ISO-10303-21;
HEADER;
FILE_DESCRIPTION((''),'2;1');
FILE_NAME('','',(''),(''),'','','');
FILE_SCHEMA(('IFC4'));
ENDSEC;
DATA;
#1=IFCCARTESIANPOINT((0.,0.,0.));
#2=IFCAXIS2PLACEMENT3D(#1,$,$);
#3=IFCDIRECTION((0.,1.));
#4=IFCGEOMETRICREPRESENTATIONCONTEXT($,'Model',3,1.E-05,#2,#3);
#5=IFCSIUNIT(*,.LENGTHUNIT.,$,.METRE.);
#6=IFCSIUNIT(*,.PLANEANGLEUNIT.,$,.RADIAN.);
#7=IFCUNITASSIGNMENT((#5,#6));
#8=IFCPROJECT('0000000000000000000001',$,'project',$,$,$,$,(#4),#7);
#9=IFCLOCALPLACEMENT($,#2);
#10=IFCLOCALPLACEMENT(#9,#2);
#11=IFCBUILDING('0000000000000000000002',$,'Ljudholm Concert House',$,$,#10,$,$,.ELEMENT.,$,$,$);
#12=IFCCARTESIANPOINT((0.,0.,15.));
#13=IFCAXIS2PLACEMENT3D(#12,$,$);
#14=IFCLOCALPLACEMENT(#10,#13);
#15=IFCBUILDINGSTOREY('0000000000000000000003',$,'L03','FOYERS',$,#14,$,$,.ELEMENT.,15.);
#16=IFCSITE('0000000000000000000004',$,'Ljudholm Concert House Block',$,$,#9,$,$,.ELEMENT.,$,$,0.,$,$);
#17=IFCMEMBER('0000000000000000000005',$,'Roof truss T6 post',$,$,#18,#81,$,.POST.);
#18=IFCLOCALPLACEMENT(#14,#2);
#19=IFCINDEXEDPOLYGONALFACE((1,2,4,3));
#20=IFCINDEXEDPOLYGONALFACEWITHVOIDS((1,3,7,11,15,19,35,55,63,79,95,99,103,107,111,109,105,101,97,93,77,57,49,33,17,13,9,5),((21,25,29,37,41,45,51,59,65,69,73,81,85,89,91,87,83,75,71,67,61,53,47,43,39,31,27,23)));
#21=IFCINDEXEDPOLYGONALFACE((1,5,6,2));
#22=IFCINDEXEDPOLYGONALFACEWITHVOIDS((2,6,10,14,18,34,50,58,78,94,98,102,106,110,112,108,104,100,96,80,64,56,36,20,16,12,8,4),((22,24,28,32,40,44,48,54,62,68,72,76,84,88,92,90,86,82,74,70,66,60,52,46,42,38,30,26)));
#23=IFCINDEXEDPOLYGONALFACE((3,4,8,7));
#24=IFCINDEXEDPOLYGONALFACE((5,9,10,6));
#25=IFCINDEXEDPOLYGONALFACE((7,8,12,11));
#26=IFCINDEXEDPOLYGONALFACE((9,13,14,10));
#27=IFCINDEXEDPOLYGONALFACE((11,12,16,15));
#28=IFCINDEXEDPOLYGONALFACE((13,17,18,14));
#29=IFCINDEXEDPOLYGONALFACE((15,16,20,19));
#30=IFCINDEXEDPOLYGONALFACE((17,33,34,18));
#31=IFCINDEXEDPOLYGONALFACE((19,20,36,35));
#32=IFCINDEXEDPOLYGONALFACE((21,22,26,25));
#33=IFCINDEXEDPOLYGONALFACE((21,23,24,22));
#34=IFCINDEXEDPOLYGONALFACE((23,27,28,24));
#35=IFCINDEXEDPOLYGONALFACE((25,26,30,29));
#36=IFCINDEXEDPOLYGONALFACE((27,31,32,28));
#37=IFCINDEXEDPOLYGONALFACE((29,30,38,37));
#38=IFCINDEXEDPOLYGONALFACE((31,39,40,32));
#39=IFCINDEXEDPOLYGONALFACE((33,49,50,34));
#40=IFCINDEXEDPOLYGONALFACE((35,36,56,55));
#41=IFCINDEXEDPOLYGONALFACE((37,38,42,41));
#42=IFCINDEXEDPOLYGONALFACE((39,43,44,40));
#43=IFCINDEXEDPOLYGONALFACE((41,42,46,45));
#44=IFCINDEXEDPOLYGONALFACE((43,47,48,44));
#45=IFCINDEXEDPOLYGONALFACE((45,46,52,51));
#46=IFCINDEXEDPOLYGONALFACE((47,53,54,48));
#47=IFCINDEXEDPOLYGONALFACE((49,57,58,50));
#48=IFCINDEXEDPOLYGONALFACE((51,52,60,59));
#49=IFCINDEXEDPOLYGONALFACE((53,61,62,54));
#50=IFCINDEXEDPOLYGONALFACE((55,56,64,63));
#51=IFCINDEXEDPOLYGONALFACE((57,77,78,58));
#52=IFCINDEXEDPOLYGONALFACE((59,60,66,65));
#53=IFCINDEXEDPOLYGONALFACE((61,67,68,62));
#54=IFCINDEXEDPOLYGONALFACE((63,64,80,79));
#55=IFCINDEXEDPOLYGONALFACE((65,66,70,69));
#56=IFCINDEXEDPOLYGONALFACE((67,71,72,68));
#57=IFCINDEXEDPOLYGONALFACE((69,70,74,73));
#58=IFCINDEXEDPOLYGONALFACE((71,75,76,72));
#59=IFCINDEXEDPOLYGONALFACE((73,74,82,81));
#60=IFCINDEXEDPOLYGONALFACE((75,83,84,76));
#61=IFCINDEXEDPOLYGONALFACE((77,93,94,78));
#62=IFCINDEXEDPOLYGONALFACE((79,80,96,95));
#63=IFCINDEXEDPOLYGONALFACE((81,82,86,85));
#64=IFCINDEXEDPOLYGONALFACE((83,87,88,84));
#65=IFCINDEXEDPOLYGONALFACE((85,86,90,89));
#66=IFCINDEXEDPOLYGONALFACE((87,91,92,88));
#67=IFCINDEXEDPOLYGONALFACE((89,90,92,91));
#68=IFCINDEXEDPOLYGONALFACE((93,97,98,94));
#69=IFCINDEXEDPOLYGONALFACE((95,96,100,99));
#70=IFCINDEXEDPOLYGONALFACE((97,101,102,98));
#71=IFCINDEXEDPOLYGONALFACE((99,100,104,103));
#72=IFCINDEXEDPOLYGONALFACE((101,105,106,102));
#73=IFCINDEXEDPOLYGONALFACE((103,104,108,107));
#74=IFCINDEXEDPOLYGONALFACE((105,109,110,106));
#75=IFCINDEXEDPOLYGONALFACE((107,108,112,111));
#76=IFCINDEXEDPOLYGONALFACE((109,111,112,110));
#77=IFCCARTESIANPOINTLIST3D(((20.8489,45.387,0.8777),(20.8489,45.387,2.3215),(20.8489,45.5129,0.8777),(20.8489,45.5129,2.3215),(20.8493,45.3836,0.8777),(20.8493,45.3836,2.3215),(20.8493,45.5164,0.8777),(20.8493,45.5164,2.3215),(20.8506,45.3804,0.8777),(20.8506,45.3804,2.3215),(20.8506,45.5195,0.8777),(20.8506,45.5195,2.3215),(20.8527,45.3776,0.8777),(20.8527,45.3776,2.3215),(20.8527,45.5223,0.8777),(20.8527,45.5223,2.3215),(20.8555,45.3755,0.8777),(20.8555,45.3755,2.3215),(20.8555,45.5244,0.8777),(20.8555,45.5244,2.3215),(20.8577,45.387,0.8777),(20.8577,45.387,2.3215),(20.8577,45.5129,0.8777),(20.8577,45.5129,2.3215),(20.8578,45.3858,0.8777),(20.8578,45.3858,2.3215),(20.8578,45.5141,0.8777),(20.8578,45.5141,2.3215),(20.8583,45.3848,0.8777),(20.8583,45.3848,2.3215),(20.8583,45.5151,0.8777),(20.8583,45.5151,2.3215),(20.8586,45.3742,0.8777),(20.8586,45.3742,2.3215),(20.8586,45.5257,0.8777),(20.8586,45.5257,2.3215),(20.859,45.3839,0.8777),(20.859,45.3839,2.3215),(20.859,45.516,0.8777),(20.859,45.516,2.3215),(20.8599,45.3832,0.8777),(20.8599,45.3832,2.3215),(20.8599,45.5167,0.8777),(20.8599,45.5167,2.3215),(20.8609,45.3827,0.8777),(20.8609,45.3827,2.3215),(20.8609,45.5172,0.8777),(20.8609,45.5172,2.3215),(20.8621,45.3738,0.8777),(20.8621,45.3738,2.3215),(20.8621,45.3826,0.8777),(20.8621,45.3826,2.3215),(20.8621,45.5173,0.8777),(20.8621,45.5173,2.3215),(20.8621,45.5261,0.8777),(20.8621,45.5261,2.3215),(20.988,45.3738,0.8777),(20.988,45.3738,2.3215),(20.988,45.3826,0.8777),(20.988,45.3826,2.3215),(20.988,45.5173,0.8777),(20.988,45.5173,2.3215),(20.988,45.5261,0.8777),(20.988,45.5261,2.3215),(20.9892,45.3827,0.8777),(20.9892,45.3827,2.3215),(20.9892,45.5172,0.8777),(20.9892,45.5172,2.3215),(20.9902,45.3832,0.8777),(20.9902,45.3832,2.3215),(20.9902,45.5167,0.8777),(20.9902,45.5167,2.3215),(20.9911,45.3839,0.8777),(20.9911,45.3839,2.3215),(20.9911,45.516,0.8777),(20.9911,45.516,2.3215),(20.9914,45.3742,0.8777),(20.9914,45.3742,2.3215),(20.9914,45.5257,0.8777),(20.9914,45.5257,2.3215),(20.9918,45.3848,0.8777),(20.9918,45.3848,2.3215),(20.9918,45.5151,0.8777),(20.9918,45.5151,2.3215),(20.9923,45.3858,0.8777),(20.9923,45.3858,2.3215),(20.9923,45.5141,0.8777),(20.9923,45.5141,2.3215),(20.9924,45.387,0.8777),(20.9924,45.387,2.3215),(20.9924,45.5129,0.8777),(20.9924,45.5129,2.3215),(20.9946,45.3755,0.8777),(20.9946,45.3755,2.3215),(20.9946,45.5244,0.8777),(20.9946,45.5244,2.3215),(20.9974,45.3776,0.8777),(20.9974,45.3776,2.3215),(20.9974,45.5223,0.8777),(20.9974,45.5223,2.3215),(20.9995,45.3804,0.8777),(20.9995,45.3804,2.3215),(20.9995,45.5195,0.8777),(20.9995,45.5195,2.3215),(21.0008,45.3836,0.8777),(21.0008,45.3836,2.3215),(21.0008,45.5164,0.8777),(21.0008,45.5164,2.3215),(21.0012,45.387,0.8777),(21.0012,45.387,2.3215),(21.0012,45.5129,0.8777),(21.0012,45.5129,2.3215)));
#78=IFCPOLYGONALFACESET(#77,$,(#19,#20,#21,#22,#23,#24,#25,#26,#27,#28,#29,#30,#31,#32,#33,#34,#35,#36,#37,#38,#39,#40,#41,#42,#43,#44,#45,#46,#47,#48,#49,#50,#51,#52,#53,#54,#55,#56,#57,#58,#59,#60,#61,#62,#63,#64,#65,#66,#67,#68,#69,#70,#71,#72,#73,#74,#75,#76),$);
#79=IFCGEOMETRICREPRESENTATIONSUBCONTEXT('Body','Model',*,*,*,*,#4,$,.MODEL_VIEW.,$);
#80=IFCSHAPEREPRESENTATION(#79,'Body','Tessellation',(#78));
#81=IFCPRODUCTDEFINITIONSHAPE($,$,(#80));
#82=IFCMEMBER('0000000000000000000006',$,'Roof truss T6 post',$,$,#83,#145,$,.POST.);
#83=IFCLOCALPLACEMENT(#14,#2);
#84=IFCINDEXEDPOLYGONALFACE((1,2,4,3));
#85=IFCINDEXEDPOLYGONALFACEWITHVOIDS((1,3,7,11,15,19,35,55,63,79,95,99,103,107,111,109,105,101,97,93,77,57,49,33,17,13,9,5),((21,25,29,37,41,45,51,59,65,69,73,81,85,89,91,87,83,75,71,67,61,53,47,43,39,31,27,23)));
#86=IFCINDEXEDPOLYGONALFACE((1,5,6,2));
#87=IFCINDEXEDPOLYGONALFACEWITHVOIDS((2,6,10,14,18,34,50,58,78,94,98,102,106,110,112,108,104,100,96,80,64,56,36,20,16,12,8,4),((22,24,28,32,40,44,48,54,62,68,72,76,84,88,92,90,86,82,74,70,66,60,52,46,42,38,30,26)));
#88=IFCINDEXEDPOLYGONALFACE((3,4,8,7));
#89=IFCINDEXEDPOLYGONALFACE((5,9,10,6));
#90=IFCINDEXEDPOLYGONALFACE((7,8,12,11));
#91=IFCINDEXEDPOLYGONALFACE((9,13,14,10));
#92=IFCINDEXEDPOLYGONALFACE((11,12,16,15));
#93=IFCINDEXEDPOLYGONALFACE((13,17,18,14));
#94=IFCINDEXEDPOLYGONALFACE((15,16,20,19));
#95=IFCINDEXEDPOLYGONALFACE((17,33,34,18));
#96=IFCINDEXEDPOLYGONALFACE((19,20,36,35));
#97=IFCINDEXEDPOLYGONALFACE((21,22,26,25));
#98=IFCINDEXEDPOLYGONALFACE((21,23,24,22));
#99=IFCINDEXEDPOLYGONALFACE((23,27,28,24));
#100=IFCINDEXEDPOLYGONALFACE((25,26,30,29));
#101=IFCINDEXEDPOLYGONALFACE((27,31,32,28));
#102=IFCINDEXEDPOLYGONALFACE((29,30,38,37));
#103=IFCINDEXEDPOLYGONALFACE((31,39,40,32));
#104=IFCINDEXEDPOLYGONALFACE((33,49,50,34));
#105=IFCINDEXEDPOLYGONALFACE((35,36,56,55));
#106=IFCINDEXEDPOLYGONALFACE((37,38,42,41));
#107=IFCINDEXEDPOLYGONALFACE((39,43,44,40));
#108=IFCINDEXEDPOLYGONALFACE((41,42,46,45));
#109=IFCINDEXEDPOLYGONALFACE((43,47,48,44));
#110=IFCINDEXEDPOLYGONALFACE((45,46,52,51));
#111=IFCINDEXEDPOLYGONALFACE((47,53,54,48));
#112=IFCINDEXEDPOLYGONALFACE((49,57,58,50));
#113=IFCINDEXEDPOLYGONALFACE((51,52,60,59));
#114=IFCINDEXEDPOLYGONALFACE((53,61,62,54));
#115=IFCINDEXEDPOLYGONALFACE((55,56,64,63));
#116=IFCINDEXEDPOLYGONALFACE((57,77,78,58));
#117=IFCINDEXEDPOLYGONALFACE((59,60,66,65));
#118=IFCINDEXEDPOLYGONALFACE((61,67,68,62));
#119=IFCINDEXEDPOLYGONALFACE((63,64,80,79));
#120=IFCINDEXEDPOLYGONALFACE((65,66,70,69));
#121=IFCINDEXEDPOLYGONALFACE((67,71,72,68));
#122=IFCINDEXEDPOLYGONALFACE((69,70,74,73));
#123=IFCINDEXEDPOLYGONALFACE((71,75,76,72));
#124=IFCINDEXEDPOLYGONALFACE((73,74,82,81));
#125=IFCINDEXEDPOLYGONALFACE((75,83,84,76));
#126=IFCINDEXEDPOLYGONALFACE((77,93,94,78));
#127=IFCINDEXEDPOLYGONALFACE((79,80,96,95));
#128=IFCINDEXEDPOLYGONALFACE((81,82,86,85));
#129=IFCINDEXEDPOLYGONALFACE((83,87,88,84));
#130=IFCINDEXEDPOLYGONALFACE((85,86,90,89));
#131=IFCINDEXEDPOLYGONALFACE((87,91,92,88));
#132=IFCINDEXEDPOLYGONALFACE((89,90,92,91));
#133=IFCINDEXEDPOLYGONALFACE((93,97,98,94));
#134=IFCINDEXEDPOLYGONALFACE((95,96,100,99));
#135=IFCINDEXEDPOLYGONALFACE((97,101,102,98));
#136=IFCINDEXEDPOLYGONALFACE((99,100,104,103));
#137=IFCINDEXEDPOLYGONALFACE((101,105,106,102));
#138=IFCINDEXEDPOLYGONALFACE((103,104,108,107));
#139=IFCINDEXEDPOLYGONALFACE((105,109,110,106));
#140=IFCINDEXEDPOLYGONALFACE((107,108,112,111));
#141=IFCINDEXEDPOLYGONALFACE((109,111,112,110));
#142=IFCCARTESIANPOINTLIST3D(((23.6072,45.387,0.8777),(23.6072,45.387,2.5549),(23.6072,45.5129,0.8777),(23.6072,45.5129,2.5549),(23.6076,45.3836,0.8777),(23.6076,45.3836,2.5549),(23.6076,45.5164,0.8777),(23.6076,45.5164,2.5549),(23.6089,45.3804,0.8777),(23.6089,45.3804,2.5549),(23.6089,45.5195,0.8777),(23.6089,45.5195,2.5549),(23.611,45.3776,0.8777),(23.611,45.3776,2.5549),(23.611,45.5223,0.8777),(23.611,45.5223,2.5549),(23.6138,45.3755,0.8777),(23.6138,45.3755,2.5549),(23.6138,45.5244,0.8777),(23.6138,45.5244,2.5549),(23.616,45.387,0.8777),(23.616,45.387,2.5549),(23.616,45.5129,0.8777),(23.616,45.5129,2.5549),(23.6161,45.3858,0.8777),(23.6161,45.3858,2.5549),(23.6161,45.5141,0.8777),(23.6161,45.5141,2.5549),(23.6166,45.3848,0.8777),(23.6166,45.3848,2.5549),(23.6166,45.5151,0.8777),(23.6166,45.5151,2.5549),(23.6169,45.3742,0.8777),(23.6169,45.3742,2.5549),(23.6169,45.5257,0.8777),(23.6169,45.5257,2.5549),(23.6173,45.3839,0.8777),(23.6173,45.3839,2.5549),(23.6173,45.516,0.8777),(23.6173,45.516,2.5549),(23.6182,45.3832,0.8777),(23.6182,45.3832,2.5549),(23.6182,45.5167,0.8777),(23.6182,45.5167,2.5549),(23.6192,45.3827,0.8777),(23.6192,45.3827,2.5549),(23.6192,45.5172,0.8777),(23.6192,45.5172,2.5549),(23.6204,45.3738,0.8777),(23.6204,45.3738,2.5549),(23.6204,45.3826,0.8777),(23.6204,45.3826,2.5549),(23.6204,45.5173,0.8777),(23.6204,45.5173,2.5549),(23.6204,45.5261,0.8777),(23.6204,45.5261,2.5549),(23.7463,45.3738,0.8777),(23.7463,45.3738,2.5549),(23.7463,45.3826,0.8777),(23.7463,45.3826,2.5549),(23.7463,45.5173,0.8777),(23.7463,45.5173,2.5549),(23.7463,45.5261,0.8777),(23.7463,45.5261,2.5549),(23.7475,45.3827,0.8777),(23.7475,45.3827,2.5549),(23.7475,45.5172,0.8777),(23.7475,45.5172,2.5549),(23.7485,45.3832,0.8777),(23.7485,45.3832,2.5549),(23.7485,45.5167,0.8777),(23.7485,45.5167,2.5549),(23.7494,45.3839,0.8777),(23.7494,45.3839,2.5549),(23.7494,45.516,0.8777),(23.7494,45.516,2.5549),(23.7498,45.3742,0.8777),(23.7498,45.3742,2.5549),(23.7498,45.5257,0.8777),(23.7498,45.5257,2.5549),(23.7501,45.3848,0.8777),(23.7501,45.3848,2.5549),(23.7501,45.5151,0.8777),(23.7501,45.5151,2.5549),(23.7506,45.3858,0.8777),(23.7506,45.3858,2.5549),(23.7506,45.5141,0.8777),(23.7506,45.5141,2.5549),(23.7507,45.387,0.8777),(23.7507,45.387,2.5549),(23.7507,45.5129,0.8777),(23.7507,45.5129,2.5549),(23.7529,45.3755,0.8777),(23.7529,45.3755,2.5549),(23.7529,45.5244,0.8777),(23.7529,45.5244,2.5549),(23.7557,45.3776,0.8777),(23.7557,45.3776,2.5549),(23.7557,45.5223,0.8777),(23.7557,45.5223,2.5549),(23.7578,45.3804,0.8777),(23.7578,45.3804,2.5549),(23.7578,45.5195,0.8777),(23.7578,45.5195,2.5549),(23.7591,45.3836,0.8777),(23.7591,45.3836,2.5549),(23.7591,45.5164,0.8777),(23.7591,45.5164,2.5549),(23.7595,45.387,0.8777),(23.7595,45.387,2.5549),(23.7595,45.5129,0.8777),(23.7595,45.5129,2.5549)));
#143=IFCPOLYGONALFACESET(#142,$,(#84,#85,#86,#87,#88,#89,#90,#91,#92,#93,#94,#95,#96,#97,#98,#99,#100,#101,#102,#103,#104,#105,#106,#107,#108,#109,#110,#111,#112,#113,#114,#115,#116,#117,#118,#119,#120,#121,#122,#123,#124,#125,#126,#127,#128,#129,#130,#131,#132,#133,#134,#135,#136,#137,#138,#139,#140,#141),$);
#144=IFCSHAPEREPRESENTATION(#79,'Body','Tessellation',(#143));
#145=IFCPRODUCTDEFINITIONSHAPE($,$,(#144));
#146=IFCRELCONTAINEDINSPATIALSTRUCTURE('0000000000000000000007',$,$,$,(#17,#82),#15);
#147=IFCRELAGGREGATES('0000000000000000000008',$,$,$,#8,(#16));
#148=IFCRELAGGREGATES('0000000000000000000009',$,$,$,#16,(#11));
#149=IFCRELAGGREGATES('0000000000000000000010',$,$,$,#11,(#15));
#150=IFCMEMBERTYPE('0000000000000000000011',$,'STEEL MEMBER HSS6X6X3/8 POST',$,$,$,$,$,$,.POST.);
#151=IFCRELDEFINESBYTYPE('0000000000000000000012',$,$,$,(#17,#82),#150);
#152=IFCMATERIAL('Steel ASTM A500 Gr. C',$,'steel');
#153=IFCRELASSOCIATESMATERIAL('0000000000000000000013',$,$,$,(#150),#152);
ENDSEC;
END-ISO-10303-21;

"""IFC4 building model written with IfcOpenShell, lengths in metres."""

from ifc_helpers import new_model, si_unit, direction, frame, origin, origin_2d, place, context, subcontext, project, spatial, hollow_rectangle, extrude, material, material_profile, profile_set, type_object, element, save


model = new_model("IFC4")

# Units and contexts
model_context = context("Model", 3, precision=1e-05, world=origin(), true_north=direction((0.0, 1.0)))
body_context = subcontext(model_context, "Body", "Model", "MODEL_VIEW")
ifc_project = project(units=[si_unit("LENGTHUNIT", "METRE"), si_unit("PLANEANGLEUNIT", "RADIAN")], contexts=[model_context])

# Site, building, storey
site_placement = place(None, origin())
site = spatial("IfcSite", under=ifc_project, at=site_placement, Name="Ljudholm Concert House Block", CompositionType="ELEMENT", RefElevation=0.0)
building_placement = place(site_placement, origin())
building = spatial("IfcBuilding", under=site, at=building_placement, Name="Ljudholm Concert House", CompositionType="ELEMENT")
storey_placement = place(building_placement, frame((0.0, 0.0, 15.0)))
storey = spatial("IfcBuildingStorey", under=building, at=storey_placement, Name="L03", Description="FOYERS", CompositionType="ELEMENT", Elevation=15.0)

# Members
ifc_material_1 = material(Name="Steel ASTM A500 Gr. C", Category="steel")
ifc_material_profile_1 = material_profile(ifc_material_1, hollow_rectangle(XDim=0.1523, YDim=0.1523, WallThickness=0.0088, InnerFilletRadius=0.0044, OuterFilletRadius=0.0132, at=origin_2d()), Name="HSS6X6X3/8")
ifc_profile_set_1 = profile_set([ifc_material_profile_1], Name="Steel ASTM A500 Gr. C")
member_type_1 = type_object("IfcMemberType", Name="STEEL MEMBER HSS6X6X3/8 POST", PredefinedType="POST", material=ifc_profile_set_1)
member_1_placement = place(storey_placement, frame((20.925, 45.45, 0.8777), z_axis=(0.0, 0.0, 1.0), x_axis=(1.0, 0.0, 0.0)))
element("IfcMember", 1, at=member_1_placement, inside=storey, type_object=member_type_1, Name="Roof truss T6 post", PredefinedType="POST", context=body_context, shape_type="SweptSolid", body=[
    extrude(hollow_rectangle(XDim=0.1523, YDim=0.1523, WallThickness=0.0088, InnerFilletRadius=0.0044, OuterFilletRadius=0.0132, at=origin_2d()), origin(), (0.0, 0.0, 1.0), 1.4438),
])
member_2_placement = place(storey_placement, frame((23.6833, 45.45, 0.8777), z_axis=(0.0, 0.0, 1.0), x_axis=(1.0, 0.0, 0.0)))
element("IfcMember", 2, at=member_2_placement, inside=storey, type_object=member_type_1, Name="Roof truss T6 post", PredefinedType="POST", context=body_context, shape_type="SweptSolid", body=[
    extrude(hollow_rectangle(XDim=0.1523, YDim=0.1523, WallThickness=0.0088, InnerFilletRadius=0.0044, OuterFilletRadius=0.0132, at=origin_2d()), origin(), (0.0, 0.0, 1.0), 1.6772),
])

save(model, "model.ifc")
